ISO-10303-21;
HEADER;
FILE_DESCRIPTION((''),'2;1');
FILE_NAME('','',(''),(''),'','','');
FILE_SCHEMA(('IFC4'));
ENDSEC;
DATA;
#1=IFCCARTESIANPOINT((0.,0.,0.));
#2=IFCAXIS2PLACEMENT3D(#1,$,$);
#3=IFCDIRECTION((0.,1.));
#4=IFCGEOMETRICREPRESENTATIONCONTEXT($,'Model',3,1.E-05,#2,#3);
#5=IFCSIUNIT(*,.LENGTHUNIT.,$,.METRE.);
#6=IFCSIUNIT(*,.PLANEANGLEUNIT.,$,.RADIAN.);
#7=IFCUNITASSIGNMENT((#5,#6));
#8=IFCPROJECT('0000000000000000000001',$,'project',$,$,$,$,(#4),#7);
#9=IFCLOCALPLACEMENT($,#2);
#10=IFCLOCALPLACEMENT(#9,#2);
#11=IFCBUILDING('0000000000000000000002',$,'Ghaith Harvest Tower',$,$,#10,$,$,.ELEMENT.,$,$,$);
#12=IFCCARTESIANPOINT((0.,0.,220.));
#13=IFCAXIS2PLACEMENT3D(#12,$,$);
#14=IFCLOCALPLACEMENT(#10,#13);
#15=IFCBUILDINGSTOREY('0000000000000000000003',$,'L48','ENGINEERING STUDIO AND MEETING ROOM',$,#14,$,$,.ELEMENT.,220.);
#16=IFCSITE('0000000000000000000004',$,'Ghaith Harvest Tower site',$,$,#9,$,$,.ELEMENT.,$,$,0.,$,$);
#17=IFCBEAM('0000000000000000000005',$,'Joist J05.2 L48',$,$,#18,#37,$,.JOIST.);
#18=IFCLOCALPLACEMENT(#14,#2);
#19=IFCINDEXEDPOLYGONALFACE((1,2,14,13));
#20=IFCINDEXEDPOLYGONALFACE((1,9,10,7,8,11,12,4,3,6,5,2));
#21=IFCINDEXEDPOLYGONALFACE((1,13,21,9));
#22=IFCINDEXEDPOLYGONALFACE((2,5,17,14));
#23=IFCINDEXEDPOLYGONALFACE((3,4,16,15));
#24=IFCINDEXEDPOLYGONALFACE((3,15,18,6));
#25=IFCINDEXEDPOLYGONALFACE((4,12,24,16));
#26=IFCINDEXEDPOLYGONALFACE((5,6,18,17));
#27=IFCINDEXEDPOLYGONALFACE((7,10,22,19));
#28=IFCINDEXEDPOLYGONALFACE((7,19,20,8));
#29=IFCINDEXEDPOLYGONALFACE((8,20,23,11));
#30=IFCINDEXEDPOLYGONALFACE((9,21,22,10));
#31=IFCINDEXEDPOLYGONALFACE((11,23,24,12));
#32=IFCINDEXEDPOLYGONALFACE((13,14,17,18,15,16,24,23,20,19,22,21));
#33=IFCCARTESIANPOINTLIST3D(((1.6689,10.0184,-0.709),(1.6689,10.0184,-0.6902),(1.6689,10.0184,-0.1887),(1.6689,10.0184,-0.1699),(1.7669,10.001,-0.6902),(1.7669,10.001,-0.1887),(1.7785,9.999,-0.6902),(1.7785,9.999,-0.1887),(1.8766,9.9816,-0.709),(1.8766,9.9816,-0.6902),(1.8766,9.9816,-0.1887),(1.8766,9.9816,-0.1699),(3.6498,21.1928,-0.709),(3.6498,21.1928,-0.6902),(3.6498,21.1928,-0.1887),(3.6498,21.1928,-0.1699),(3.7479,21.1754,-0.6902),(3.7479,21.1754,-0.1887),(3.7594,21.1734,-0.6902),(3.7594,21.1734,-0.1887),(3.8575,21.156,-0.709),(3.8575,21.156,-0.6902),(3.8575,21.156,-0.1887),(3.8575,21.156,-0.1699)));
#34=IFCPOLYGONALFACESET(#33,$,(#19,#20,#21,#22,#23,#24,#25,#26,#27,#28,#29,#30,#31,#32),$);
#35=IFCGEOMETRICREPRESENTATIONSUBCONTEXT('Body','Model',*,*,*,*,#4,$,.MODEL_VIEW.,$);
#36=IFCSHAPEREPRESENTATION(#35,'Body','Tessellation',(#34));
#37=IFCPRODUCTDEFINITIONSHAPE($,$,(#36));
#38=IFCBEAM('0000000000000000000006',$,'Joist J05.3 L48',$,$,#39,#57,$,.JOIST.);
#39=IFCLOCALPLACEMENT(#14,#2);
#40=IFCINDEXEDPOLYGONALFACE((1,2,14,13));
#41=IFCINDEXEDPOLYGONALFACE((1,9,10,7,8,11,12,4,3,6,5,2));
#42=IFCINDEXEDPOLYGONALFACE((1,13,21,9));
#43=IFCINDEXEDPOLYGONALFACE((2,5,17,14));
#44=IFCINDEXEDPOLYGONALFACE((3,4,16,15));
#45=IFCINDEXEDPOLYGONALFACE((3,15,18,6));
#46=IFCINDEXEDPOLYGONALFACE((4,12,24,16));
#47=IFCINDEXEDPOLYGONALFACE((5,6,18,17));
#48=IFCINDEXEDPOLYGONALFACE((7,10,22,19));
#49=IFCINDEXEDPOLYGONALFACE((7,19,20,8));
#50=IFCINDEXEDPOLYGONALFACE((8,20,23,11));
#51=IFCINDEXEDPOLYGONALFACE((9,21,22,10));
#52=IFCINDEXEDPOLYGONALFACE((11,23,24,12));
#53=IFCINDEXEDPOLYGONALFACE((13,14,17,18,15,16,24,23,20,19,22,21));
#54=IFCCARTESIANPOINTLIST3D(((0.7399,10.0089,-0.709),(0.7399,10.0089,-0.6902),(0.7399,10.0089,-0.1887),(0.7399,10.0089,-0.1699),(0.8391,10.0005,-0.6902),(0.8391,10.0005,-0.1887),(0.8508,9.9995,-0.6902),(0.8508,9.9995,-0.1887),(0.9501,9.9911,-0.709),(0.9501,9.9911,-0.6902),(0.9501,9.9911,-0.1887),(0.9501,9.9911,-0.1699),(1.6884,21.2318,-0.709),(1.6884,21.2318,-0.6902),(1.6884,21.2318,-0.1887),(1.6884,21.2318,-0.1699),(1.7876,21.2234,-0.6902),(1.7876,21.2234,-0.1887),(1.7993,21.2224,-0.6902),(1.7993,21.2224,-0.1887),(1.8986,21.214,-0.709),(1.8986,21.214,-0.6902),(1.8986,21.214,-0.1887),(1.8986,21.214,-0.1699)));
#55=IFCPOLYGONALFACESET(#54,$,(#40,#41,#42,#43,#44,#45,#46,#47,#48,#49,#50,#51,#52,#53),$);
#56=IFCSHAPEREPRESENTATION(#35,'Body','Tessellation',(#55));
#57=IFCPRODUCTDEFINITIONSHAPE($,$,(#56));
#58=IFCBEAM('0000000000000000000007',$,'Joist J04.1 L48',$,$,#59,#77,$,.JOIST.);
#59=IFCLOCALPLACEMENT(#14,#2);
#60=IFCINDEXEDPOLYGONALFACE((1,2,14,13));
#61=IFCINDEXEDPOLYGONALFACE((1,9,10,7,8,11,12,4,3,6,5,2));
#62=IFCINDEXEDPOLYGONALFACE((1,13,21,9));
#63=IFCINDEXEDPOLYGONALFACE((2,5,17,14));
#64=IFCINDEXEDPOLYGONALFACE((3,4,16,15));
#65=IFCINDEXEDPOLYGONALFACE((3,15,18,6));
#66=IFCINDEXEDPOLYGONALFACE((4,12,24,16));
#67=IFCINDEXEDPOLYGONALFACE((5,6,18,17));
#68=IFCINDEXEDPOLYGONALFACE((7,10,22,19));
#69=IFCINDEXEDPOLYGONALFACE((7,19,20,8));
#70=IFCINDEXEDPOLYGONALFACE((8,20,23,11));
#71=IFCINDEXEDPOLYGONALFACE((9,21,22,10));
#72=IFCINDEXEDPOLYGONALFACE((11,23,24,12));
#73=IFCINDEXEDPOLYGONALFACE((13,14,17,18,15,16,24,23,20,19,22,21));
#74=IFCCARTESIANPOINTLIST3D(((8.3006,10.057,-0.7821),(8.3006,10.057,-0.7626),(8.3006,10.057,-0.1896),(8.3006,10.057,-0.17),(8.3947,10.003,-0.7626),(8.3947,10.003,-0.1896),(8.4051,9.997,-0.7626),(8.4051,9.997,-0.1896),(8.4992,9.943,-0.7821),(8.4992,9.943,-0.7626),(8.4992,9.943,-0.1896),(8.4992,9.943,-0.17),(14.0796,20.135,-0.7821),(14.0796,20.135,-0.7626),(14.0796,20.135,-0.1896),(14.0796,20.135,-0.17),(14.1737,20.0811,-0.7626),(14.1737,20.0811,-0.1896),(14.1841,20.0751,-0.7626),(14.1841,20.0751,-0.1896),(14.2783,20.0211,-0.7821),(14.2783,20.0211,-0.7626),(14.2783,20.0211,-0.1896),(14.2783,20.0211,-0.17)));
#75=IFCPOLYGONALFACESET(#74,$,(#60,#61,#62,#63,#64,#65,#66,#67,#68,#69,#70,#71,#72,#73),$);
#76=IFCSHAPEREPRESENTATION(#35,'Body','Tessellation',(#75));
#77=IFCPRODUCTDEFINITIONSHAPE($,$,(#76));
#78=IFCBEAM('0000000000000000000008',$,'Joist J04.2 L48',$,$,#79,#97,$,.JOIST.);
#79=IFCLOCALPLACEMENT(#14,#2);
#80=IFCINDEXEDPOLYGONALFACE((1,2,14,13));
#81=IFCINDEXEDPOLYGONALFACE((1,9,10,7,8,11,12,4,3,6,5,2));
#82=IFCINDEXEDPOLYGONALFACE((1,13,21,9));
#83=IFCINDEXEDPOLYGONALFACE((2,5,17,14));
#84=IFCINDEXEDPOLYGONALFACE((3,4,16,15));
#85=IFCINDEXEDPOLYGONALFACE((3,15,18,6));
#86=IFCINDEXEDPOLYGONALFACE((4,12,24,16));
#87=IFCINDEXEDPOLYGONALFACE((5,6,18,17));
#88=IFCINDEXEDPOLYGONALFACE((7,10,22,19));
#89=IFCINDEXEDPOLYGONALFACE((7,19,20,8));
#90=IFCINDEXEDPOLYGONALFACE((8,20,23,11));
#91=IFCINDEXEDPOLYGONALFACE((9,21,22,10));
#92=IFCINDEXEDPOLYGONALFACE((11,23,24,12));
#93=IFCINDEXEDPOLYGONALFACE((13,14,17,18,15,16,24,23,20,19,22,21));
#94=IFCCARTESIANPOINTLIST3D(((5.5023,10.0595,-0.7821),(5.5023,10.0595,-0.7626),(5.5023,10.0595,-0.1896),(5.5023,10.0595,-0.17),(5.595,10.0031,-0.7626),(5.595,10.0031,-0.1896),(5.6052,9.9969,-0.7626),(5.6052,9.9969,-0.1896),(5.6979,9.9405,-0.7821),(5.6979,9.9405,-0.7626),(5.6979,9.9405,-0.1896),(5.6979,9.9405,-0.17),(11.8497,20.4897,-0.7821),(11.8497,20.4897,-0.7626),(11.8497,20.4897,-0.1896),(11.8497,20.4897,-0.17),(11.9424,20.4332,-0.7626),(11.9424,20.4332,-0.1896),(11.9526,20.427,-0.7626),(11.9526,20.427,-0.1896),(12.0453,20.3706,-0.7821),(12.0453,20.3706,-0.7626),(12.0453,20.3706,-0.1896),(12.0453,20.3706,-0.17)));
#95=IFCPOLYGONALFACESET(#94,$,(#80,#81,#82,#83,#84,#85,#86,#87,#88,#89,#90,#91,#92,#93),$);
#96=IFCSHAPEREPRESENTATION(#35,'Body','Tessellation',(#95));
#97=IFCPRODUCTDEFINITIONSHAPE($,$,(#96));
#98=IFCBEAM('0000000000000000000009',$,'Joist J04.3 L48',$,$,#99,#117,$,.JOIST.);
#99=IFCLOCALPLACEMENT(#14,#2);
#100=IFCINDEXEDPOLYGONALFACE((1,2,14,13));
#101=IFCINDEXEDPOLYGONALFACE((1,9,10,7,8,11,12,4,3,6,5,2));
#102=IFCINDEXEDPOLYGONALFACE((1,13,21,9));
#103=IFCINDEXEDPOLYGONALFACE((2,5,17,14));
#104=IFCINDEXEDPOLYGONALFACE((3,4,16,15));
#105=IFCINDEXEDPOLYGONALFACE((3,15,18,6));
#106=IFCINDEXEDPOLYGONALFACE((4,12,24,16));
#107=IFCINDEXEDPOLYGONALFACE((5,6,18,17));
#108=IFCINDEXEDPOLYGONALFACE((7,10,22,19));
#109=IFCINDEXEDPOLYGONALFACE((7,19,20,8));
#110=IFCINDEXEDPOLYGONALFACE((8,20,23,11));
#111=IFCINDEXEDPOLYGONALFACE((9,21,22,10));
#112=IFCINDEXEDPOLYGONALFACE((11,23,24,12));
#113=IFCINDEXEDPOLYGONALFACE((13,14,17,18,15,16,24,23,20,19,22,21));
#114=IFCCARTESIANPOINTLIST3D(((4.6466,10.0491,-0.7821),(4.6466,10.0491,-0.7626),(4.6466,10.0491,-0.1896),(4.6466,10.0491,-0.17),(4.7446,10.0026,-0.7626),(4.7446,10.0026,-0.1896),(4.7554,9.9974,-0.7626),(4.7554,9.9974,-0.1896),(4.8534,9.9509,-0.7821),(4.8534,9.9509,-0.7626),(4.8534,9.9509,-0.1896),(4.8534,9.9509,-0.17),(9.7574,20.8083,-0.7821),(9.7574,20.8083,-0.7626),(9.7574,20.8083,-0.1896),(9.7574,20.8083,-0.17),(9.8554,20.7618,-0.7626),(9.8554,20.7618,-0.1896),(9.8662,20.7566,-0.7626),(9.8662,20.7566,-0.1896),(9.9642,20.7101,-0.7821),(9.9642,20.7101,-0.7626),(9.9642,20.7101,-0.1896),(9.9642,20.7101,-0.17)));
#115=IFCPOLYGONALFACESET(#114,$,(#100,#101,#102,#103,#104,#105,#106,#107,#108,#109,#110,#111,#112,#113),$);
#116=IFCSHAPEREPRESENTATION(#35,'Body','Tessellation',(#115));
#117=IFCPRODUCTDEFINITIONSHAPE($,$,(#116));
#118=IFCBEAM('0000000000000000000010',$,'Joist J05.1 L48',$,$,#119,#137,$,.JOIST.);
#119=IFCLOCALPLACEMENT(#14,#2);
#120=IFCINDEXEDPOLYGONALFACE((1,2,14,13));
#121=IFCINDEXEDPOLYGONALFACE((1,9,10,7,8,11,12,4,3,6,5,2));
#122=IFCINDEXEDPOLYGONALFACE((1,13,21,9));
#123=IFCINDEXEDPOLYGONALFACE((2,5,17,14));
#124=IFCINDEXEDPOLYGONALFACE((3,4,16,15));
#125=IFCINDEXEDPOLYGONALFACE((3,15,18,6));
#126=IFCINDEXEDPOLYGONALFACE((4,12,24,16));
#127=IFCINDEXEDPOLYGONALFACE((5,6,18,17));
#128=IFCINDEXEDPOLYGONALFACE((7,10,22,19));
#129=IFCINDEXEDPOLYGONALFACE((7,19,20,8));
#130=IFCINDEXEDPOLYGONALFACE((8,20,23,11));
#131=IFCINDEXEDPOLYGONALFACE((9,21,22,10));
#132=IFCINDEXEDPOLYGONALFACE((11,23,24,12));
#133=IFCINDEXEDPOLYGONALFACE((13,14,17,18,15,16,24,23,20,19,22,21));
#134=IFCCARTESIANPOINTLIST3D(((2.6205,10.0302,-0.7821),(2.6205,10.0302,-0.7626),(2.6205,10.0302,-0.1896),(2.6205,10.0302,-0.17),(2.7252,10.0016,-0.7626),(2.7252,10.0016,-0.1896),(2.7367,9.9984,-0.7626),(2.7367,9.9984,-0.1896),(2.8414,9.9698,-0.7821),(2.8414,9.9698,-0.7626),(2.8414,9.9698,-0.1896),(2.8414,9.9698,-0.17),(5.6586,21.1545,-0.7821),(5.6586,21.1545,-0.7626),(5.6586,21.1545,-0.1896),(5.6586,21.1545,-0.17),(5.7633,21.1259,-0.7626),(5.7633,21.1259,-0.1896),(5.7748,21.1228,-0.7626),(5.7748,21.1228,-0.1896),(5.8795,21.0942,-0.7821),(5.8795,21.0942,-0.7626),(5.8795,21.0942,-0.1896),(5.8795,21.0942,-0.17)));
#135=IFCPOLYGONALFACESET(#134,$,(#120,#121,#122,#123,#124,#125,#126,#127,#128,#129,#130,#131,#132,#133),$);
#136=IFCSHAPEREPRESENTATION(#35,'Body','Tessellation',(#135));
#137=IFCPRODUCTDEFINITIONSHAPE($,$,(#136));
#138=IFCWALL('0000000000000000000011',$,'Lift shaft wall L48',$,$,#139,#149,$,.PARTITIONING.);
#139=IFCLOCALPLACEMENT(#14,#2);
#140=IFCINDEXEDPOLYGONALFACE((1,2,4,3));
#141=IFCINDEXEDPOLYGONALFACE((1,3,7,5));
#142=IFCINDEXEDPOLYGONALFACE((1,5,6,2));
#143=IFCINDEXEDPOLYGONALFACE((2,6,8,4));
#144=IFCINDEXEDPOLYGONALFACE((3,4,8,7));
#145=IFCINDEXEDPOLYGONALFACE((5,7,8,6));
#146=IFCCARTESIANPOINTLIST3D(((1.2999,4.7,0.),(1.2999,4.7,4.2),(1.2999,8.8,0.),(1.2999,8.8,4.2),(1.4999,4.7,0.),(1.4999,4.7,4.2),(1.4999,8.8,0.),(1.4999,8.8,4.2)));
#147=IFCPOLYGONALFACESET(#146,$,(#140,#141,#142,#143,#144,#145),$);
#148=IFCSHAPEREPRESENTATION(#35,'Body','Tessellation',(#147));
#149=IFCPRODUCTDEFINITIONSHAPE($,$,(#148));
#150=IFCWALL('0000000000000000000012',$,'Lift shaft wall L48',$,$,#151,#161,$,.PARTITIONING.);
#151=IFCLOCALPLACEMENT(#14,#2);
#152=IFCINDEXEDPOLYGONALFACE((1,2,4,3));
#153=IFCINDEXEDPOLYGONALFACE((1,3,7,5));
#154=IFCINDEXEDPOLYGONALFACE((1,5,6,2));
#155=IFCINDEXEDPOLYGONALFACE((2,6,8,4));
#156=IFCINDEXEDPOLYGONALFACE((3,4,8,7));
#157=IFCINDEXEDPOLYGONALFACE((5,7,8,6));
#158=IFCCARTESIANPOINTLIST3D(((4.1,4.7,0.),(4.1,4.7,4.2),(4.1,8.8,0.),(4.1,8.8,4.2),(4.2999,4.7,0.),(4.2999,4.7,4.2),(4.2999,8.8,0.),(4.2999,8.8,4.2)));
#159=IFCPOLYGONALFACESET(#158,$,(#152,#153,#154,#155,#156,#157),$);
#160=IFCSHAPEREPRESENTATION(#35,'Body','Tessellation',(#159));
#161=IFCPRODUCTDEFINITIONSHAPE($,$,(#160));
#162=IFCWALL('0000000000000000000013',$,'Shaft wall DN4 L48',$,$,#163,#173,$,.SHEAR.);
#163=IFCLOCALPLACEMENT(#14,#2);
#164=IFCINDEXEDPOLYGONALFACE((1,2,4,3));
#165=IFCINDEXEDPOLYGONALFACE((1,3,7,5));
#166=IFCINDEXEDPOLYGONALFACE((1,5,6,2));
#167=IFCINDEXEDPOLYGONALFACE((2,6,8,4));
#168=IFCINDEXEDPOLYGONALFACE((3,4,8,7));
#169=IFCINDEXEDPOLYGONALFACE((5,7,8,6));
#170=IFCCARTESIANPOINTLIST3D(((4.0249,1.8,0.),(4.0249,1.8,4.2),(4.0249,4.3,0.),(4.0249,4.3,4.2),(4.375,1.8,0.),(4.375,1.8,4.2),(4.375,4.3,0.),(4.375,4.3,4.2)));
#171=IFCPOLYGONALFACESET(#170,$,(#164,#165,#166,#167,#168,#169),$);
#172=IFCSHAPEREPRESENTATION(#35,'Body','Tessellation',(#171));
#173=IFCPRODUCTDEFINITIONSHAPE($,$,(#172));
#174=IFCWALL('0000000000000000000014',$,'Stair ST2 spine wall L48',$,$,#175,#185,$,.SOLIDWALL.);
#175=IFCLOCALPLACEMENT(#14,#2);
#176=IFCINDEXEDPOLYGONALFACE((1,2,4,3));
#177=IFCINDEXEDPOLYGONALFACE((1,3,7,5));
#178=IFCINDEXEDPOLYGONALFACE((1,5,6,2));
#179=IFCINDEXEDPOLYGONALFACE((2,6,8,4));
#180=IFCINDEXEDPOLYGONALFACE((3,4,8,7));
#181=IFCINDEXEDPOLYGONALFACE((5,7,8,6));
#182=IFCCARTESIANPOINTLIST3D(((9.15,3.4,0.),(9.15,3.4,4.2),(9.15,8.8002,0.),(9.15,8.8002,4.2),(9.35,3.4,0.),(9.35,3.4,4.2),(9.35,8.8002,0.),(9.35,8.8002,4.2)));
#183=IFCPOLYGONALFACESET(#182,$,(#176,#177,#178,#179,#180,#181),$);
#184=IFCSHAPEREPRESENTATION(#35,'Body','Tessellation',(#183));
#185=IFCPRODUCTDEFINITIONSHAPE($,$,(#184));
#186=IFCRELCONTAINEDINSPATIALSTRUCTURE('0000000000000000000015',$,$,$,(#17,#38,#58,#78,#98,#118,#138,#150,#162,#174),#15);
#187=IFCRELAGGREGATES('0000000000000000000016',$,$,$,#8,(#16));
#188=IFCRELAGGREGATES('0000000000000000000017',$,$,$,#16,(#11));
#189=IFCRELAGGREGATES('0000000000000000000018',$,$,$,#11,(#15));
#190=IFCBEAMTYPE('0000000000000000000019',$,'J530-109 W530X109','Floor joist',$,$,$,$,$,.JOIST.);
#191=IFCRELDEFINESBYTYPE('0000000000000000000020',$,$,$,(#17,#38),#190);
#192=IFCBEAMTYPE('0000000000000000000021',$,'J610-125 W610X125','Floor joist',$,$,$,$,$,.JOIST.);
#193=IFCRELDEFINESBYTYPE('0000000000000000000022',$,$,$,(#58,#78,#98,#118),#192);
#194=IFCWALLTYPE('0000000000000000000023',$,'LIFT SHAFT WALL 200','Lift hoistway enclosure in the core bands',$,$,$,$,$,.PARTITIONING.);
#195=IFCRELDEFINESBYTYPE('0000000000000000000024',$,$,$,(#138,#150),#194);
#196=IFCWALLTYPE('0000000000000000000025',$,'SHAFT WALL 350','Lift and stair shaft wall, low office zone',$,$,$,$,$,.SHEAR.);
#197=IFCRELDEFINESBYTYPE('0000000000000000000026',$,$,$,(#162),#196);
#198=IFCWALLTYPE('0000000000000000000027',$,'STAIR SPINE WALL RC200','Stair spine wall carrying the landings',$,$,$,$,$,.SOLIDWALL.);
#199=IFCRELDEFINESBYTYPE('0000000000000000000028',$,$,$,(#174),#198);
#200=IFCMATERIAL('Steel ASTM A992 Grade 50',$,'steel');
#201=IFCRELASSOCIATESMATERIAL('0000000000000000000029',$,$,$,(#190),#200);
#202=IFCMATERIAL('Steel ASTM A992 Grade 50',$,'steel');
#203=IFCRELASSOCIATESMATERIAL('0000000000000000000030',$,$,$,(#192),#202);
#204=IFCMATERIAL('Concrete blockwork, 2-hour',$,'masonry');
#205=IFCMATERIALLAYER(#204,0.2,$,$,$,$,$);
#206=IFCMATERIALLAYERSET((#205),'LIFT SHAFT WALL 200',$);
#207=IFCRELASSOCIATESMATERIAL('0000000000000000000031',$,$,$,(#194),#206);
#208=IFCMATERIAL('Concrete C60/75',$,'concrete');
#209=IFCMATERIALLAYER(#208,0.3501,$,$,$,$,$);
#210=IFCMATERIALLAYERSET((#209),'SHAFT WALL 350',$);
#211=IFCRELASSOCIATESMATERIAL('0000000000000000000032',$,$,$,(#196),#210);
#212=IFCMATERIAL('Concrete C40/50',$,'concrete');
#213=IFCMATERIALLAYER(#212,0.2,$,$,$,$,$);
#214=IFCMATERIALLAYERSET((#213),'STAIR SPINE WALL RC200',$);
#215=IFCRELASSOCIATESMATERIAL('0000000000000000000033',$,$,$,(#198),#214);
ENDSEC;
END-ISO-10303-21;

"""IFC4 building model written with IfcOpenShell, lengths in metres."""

from ifc_helpers import new_model, si_unit, direction, frame, frame_2d, origin, origin_2d, place, context, subcontext, project, spatial, rectangle, i_section, extrude, material, layer, layer_set, material_profile, profile_set, type_object, element, save


model = new_model("IFC4")

# Units and contexts
model_context = context("Model", 3, precision=1e-05, world=origin(), true_north=direction((0.0, 1.0)))
body_context = subcontext(model_context, "Body", "Model", "MODEL_VIEW")
ifc_project = project(units=[si_unit("LENGTHUNIT", "METRE"), si_unit("PLANEANGLEUNIT", "RADIAN")], contexts=[model_context])

# Site, building, storey
site_placement = place(None, origin())
site = spatial("IfcSite", under=ifc_project, at=site_placement, Name="Ghaith Harvest Tower site", CompositionType="ELEMENT", RefElevation=0.0)
building_placement = place(site_placement, origin())
building = spatial("IfcBuilding", under=site, at=building_placement, Name="Ghaith Harvest Tower", CompositionType="ELEMENT")
storey_placement = place(building_placement, frame((0.0, 0.0, 220.0)))
storey = spatial("IfcBuildingStorey", under=building, at=storey_placement, Name="L48", Description="ENGINEERING STUDIO AND MEETING ROOM", CompositionType="ELEMENT", Elevation=220.0)

# Beams
ifc_material_1 = material(Name="Steel ASTM A992 Grade 50", Category="steel")
ifc_material_profile_1 = material_profile(ifc_material_1, i_section(OverallWidth=0.2109, OverallDepth=0.5391, WebThickness=0.0117, FlangeThickness=0.0188, at=origin_2d()), Name="W530X109")
ifc_profile_set_1 = profile_set([ifc_material_profile_1], Name="Steel ASTM A992 Grade 50")
beam_type_1 = type_object("IfcBeamType", Name="J530-109 W530X109", Description="Floor joist", PredefinedType="JOIST", material=ifc_profile_set_1)
beam_1_placement = place(storey_placement, frame((1.7727, 10.0, -0.4395), z_axis=(0.174556, 0.984647, 0.0), x_axis=(-0.984647, 0.174556, 0.0)))
element("IfcBeam", 1, at=beam_1_placement, inside=storey, type_object=beam_type_1, Name="Joist J05.2 L48", PredefinedType="JOIST", context=body_context, shape_type="SweptSolid", body=[
    extrude(i_section(OverallWidth=0.2109, OverallDepth=0.5391, WebThickness=0.0117, FlangeThickness=0.0188, at=origin_2d()), origin(), (0.0, 0.0, 1.0), 11.3486),
])
beam_2_placement = place(storey_placement, frame((0.845, 10.0, -0.4395), z_axis=(0.084213, 0.996448, 0.0), x_axis=(-0.996448, 0.084213, 0.0)))
element("IfcBeam", 2, at=beam_2_placement, inside=storey, type_object=beam_type_1, Name="Joist J05.3 L48", PredefinedType="JOIST", context=body_context, shape_type="SweptSolid", body=[
    extrude(i_section(OverallWidth=0.2109, OverallDepth=0.5391, WebThickness=0.0117, FlangeThickness=0.0188, at=origin_2d()), origin(), (0.0, 0.0, 1.0), 11.2629),
])
ifc_material_2 = material(Name="Steel ASTM A992 Grade 50", Category="steel")
ifc_material_profile_2 = material_profile(ifc_material_2, i_section(OverallWidth=0.229, OverallDepth=0.6121, WebThickness=0.012, FlangeThickness=0.0195, at=origin_2d()), Name="W610X125")
ifc_profile_set_2 = profile_set([ifc_material_profile_2], Name="Steel ASTM A992 Grade 50")
beam_type_2 = type_object("IfcBeamType", Name="J610-125 W610X125", Description="Floor joist", PredefinedType="JOIST", material=ifc_profile_set_2)
beam_3_placement = place(storey_placement, frame((8.3999, 10.0, -0.4761), z_axis=(0.497444, 0.867496, 0.0), x_axis=(-0.867496, 0.497444, 0.0)))
element("IfcBeam", 3, at=beam_3_placement, inside=storey, type_object=beam_type_2, Name="Joist J04.1 L48", PredefinedType="JOIST", context=body_context, shape_type="SweptSolid", body=[
    extrude(i_section(OverallWidth=0.229, OverallDepth=0.6121, WebThickness=0.012, FlangeThickness=0.0195, at=origin_2d()), origin(), (0.0, 0.0, 1.0), 11.6174),
])
beam_4_placement = place(storey_placement, frame((5.6001, 10.0, -0.4761), z_axis=(0.519864, 0.854249, 0.0), x_axis=(-0.854249, 0.519864, 0.0)))
element("IfcBeam", 4, at=beam_4_placement, inside=storey, type_object=beam_type_2, Name="Joist J04.2 L48", PredefinedType="JOIST", context=body_context, shape_type="SweptSolid", body=[
    extrude(i_section(OverallWidth=0.229, OverallDepth=0.6121, WebThickness=0.012, FlangeThickness=0.0195, at=origin_2d()), origin(), (0.0, 0.0, 1.0), 12.2097),
])
beam_5_placement = place(storey_placement, frame((4.75, 10.0, -0.4761), z_axis=(0.429069, 0.903272, 0.0), x_axis=(-0.903272, 0.429069, 0.0)))
element("IfcBeam", 5, at=beam_5_placement, inside=storey, type_object=beam_type_2, Name="Joist J04.3 L48", PredefinedType="JOIST", context=body_context, shape_type="SweptSolid", body=[
    extrude(i_section(OverallWidth=0.229, OverallDepth=0.6121, WebThickness=0.012, FlangeThickness=0.0195, at=origin_2d()), origin(), (0.0, 0.0, 1.0), 11.9114),
])
beam_6_placement = place(storey_placement, frame((2.731, 10.0, -0.4761), z_axis=(0.263456, 0.964671, 0.0), x_axis=(-0.964671, 0.263456, 0.0)))
element("IfcBeam", 6, at=beam_6_placement, inside=storey, type_object=beam_type_2, Name="Joist J05.1 L48", PredefinedType="JOIST", context=body_context, shape_type="SweptSolid", body=[
    extrude(i_section(OverallWidth=0.229, OverallDepth=0.6121, WebThickness=0.012, FlangeThickness=0.0195, at=origin_2d()), origin(), (0.0, 0.0, 1.0), 11.5317),
])

# Walls
ifc_material_3 = material(Name="Concrete blockwork, 2-hour", Category="masonry")
ifc_layer_1 = layer(ifc_material_3, 0.2)
ifc_layer_set_1 = layer_set([ifc_layer_1], Name="LIFT SHAFT WALL 200")
wall_type_1 = type_object("IfcWallType", Name="LIFT SHAFT WALL 200", Description="Lift hoistway enclosure in the core bands", PredefinedType="PARTITIONING", material=ifc_layer_set_1)
for number, where, z_axis, x_axis, name in (
    (7, (1.3999, 4.7, 0.0), (0.0, 0.0, 1.0), (0.0, 1.0, 0.0), "Lift shaft wall L48"),
    (8, (4.2, 4.7, 0.0), (0.0, 0.0, 1.0), (0.0, 1.0, 0.0), "Lift shaft wall L48"),
):
    element("IfcWall", number, at=place(storey_placement, frame(where, z_axis=z_axis, x_axis=x_axis)), inside=storey, type_object=wall_type_1, Name=name, PredefinedType="PARTITIONING", context=body_context, shape_type="SweptSolid", body=[
        extrude(rectangle(XDim=4.1001, YDim=0.2, at=frame_2d((2.05, 0.0))), origin(), (0.0, 0.0, 1.0), 4.2),
    ])

# Shared definitions
ifc_material_4 = material(Name="Concrete C60/75", Category="concrete")
ifc_layer_2 = layer(ifc_material_4, 0.3501)
ifc_layer_set_2 = layer_set([ifc_layer_2], Name="SHAFT WALL 350")
wall_type_2 = type_object("IfcWallType", Name="SHAFT WALL 350", Description="Lift and stair shaft wall, low office zone", PredefinedType="SHEAR", material=ifc_layer_set_2)

# Walls
wall_1_placement = place(storey_placement, frame((4.2, 1.8, 0.0), z_axis=(0.0, 0.0, 1.0), x_axis=(0.0, 1.0, 0.0)))
element("IfcWall", 9, at=wall_1_placement, inside=storey, type_object=wall_type_2, Name="Shaft wall DN4 L48", PredefinedType="SHEAR", context=body_context, shape_type="SweptSolid", body=[
    extrude(rectangle(XDim=2.5, YDim=0.3501, at=frame_2d((1.25, 0.0))), origin(), (0.0, 0.0, 1.0), 4.2),
])
ifc_material_5 = material(Name="Concrete C40/50", Category="concrete")
ifc_layer_3 = layer(ifc_material_5, 0.2)
ifc_layer_set_3 = layer_set([ifc_layer_3], Name="STAIR SPINE WALL RC200")
wall_type_3 = type_object("IfcWallType", Name="STAIR SPINE WALL RC200", Description="Stair spine wall carrying the landings", PredefinedType="SOLIDWALL", material=ifc_layer_set_3)
wall_2_placement = place(storey_placement, frame((9.25, 3.3999, 0.0), z_axis=(0.0, 0.0, 1.0), x_axis=(0.0, 1.0, 0.0)))
element("IfcWall", 10, at=wall_2_placement, inside=storey, type_object=wall_type_3, Name="Stair ST2 spine wall L48", PredefinedType="SOLIDWALL", context=body_context, shape_type="SweptSolid", body=[
    extrude(rectangle(XDim=5.4001, YDim=0.2, at=frame_2d((2.7002, 0.0))), origin(), (0.0, 0.0, 1.0), 4.2),
])

save(model, "model.ifc")
